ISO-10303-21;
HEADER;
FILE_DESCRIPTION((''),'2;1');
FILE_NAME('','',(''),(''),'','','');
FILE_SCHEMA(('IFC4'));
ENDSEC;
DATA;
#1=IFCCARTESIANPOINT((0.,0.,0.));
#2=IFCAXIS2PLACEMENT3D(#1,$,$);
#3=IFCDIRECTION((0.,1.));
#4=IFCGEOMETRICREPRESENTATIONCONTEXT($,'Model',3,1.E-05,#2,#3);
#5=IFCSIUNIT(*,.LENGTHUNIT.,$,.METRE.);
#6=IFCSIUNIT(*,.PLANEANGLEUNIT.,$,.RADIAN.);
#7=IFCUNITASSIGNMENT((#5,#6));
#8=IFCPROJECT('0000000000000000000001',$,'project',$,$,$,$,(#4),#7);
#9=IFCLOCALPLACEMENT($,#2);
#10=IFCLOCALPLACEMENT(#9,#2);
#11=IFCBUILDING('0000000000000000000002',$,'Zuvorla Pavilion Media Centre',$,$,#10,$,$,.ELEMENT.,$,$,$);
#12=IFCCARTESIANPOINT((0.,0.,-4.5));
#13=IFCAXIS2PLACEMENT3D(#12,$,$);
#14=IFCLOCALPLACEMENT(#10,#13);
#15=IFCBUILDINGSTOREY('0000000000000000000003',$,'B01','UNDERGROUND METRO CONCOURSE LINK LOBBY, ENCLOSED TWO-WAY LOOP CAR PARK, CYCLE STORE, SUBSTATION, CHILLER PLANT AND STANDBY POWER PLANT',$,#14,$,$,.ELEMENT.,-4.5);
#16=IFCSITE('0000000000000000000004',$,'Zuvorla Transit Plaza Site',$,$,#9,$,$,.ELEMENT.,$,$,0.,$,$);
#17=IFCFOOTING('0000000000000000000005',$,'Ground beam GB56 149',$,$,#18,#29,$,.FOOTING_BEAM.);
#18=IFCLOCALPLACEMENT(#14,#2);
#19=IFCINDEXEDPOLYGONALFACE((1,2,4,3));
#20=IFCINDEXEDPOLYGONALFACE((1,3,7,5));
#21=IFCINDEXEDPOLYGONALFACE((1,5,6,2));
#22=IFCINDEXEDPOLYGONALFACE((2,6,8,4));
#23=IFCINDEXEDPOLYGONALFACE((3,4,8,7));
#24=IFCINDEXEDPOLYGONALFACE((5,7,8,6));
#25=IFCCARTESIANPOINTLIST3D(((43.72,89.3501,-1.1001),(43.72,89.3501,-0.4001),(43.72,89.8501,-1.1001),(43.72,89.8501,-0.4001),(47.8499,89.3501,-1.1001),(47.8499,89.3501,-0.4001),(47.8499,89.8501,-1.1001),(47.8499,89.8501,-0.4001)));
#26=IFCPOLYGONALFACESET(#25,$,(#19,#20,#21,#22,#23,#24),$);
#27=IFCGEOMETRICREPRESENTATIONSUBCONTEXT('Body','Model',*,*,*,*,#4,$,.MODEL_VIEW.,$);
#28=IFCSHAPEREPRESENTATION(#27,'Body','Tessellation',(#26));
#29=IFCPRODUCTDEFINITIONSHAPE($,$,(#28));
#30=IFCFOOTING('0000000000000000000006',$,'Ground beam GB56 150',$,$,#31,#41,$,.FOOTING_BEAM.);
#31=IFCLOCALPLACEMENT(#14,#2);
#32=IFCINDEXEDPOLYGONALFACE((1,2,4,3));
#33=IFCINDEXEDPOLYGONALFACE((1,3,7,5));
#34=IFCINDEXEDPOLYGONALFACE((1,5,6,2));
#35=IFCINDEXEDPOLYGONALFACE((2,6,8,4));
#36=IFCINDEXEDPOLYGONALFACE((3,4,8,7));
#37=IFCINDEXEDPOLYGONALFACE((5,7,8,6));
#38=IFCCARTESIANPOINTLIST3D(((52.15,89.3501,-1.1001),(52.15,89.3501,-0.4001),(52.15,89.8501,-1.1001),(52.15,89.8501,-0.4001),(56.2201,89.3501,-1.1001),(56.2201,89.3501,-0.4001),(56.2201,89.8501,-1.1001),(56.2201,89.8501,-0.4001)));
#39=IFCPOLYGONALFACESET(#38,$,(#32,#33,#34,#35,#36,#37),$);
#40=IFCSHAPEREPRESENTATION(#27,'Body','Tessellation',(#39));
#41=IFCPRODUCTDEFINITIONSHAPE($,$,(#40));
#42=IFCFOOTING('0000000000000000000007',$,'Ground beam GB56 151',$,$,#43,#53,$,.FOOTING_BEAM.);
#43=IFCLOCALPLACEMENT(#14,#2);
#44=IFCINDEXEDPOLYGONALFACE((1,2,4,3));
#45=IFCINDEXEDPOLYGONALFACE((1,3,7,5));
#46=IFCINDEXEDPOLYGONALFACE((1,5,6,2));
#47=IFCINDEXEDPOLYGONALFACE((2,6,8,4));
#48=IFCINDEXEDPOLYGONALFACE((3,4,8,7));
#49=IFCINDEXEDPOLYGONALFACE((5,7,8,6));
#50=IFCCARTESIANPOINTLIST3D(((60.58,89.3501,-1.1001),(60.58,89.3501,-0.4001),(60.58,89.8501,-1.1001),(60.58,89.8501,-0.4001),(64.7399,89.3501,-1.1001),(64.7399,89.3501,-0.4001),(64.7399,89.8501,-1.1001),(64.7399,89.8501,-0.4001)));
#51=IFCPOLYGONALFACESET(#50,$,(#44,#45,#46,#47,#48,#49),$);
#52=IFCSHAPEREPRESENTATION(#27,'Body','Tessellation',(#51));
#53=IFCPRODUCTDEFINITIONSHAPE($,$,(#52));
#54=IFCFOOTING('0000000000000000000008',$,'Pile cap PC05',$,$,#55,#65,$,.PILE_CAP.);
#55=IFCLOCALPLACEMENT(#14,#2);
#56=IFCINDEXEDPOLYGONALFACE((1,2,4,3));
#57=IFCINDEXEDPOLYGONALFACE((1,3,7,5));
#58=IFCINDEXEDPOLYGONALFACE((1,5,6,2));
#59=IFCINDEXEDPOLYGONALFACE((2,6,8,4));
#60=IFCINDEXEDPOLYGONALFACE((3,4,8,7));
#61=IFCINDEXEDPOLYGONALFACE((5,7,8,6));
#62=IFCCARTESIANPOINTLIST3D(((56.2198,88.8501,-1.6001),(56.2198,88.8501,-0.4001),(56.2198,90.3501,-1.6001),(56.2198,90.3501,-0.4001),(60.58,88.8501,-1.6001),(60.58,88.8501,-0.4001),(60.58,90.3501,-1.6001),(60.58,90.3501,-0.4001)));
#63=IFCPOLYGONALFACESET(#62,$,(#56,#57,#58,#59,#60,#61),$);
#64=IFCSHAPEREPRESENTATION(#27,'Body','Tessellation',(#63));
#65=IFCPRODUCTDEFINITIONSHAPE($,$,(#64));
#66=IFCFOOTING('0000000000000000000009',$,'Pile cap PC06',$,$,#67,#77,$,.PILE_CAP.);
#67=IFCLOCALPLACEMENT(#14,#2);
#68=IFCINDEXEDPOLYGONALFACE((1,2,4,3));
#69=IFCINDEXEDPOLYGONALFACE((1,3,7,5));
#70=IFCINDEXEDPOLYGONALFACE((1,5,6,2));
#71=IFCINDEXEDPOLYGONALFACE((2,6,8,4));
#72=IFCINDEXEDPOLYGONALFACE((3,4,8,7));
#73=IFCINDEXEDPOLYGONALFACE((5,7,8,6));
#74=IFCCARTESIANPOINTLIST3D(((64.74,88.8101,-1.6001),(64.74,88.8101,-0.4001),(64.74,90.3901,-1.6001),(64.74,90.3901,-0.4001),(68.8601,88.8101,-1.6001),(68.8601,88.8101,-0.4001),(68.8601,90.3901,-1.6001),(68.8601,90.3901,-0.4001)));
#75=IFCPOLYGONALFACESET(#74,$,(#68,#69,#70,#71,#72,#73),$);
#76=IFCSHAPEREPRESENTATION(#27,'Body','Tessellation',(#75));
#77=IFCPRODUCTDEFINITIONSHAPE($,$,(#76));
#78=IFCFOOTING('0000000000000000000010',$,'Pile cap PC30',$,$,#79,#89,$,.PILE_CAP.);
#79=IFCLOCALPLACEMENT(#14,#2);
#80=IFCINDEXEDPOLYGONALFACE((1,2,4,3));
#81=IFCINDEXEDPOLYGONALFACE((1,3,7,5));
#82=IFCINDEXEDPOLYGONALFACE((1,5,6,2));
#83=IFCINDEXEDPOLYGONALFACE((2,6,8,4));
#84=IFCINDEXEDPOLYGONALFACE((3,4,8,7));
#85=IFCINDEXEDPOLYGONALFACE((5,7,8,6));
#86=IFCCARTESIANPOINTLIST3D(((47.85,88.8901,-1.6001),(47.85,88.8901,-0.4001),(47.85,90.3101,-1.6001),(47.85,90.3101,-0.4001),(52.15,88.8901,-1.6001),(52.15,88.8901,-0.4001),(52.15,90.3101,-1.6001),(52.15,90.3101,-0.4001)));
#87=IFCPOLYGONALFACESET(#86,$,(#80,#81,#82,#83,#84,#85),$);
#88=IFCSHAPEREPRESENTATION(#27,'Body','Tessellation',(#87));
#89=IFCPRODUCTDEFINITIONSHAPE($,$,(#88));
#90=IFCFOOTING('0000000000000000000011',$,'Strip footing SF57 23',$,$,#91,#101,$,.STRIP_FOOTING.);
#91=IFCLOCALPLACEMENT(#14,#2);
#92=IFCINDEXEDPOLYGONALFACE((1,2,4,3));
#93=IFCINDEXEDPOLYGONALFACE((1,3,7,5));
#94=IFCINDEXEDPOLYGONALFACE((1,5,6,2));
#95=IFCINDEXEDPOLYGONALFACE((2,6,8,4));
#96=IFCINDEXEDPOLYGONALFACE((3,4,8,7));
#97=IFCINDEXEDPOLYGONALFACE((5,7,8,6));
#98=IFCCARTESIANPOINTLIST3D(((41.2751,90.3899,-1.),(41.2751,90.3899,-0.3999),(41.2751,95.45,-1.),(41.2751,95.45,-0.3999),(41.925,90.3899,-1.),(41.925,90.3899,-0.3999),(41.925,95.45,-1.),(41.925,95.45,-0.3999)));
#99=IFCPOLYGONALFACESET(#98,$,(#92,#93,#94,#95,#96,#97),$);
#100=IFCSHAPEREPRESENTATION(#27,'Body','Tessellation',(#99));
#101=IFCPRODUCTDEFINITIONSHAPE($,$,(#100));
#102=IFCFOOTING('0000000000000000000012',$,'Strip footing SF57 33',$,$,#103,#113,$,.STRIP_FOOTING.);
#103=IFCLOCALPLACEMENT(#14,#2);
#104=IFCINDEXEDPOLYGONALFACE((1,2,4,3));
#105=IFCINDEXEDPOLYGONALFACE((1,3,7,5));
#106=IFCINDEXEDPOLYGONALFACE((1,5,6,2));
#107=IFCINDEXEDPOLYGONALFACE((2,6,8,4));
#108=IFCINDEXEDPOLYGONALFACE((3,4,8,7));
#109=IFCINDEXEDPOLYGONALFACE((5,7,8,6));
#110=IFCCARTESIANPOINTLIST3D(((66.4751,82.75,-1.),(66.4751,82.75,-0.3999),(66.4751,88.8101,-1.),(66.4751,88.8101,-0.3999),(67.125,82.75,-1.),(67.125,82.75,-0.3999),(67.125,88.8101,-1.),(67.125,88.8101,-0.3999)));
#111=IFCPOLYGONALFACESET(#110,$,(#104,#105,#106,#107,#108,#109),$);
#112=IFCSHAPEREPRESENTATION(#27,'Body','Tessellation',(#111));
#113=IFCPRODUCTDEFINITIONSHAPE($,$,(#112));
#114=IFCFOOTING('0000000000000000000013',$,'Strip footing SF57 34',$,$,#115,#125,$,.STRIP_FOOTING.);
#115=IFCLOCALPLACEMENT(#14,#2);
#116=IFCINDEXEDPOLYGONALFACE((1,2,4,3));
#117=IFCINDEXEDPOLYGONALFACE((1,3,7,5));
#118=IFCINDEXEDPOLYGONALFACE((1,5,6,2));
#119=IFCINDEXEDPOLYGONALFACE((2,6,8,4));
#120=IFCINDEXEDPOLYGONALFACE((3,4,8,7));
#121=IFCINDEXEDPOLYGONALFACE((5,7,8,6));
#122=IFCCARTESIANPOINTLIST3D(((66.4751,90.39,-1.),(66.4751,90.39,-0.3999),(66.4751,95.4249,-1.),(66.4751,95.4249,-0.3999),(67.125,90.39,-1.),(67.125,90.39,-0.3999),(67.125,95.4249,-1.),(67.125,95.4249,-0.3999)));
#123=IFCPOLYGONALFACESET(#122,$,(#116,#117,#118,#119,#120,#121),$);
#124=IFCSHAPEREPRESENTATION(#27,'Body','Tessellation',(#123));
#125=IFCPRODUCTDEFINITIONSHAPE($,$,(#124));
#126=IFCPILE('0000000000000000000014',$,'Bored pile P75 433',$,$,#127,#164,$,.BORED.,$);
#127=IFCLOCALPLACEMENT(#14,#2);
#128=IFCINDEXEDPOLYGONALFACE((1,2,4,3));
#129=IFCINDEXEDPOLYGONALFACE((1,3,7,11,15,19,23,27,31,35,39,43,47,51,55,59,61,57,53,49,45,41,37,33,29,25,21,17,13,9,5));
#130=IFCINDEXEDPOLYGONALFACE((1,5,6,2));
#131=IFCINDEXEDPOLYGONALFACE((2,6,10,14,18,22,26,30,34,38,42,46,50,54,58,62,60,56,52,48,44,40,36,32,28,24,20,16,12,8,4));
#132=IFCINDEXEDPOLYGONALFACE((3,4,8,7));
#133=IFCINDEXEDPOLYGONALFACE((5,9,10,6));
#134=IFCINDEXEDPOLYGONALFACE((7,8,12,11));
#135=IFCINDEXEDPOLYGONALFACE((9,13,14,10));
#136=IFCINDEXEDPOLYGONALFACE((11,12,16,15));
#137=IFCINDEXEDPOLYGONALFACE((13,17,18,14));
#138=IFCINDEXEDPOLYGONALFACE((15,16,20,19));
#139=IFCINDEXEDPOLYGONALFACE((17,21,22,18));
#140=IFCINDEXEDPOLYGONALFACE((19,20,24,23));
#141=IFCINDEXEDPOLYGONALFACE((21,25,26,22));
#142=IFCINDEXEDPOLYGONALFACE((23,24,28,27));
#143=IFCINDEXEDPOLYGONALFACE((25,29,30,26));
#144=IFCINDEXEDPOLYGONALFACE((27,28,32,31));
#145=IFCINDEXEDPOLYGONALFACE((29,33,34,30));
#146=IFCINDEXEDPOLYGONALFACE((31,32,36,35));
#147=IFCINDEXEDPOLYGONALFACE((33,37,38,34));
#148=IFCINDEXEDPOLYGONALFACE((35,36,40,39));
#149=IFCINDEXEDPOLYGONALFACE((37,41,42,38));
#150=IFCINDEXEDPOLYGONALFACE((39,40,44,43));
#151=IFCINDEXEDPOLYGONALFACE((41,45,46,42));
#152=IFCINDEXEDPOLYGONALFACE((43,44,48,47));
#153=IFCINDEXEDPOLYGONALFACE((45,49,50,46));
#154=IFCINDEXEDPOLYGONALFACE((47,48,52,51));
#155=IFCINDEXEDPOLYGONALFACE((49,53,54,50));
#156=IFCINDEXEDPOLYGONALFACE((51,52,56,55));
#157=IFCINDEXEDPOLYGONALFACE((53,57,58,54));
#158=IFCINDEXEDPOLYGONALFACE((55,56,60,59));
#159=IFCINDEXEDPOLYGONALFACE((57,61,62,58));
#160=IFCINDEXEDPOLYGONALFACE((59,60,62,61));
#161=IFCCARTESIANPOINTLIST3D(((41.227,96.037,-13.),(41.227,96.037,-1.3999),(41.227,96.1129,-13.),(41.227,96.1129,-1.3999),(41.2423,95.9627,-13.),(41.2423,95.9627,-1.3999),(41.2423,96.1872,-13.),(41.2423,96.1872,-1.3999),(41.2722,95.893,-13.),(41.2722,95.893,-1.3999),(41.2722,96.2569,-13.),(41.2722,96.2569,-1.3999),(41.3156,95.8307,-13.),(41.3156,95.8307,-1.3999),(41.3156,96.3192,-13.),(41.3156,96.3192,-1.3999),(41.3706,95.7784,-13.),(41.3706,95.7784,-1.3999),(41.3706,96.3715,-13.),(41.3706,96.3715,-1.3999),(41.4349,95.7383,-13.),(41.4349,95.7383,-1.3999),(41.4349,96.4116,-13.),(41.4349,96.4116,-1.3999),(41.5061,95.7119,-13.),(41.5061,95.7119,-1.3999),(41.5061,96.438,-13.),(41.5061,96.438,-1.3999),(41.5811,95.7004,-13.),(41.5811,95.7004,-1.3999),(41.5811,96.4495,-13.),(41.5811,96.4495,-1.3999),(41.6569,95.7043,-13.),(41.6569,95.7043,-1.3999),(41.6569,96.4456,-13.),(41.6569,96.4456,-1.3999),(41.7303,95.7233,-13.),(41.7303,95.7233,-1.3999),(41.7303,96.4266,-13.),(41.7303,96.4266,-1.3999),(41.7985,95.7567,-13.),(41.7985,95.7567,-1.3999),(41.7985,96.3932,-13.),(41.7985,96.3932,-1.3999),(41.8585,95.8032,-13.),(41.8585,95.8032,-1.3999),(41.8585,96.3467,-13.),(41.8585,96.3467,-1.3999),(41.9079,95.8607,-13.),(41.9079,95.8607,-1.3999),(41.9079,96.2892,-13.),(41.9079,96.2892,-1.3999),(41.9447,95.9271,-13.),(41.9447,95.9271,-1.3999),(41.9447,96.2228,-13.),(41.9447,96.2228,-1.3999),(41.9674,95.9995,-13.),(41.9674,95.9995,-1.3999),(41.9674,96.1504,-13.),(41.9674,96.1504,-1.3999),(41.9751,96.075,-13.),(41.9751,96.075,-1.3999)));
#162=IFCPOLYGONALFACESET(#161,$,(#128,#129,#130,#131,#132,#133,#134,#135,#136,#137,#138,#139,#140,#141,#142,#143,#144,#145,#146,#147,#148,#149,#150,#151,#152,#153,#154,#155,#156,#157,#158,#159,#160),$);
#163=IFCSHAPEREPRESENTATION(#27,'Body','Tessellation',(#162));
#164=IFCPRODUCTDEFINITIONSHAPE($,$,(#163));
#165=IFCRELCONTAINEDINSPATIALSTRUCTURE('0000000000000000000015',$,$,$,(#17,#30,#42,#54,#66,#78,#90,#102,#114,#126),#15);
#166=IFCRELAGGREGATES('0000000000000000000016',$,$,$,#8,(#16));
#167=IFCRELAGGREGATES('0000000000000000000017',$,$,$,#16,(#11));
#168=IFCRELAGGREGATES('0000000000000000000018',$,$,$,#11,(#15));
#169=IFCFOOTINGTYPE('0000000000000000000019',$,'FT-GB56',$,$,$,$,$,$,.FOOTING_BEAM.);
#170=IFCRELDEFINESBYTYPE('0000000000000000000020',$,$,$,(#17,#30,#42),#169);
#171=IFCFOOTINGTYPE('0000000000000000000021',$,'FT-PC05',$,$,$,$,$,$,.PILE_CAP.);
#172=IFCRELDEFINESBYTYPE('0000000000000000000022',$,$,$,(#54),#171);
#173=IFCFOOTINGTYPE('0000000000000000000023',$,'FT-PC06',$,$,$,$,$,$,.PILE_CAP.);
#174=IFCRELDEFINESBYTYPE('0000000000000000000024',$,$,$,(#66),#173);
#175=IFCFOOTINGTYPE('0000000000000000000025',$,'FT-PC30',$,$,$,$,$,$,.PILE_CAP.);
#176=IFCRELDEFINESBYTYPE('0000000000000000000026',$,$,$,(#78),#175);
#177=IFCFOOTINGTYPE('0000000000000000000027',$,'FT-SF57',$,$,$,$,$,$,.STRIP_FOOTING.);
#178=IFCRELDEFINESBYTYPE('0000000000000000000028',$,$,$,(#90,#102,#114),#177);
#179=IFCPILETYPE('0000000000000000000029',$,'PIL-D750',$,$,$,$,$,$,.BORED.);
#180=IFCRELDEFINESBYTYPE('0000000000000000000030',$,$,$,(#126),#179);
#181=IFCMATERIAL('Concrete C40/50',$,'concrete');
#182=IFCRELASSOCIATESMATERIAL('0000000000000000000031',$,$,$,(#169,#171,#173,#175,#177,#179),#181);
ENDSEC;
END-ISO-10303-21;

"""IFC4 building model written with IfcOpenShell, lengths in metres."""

from ifc_helpers import new_model, si_unit, direction, frame, origin, origin_2d, place, context, subcontext, project, spatial, rectangle, circle, extrude, material, material_profile, profile_set, type_object, element, save


model = new_model("IFC4")

# Units and contexts
model_context = context("Model", 3, precision=1e-05, world=origin(), true_north=direction((0.0, 1.0)))
body_context = subcontext(model_context, "Body", "Model", "MODEL_VIEW")
ifc_project = project(units=[si_unit("LENGTHUNIT", "METRE"), si_unit("PLANEANGLEUNIT", "RADIAN")], contexts=[model_context])

# Site, building, storey
site_placement = place(None, origin())
site = spatial("IfcSite", under=ifc_project, at=site_placement, Name="Zuvorla Transit Plaza Site", CompositionType="ELEMENT", RefElevation=0.0)
building_placement = place(site_placement, origin())
building = spatial("IfcBuilding", under=site, at=building_placement, Name="Zuvorla Pavilion Media Centre", CompositionType="ELEMENT")
storey_placement = place(building_placement, frame((0.0, 0.0, -4.5)))
storey = spatial("IfcBuildingStorey", under=building, at=storey_placement, Name="B01", Description="UNDERGROUND METRO CONCOURSE LINK LOBBY, ENCLOSED TWO-WAY LOOP CAR PARK, CYCLE STORE, SUBSTATION, CHILLER PLANT AND STANDBY POWER PLANT", CompositionType="ELEMENT", Elevation=-4.5)

# Footings
ifc_material_1 = material(Name="Concrete C40/50", Category="concrete")
footing_type_1 = type_object("IfcFootingType", Name="FT-GB56", PredefinedType="FOOTING_BEAM", material=ifc_material_1)
footing_1_placement = place(storey_placement, frame((45.7849, 89.6001, -1.1001), z_axis=(0.0, 0.0, 1.0), x_axis=(1.0, 0.0, 0.0)))
element("IfcFooting", 1, at=footing_1_placement, inside=storey, type_object=footing_type_1, Name="Ground beam GB56 149", PredefinedType="FOOTING_BEAM", context=body_context, shape_type="SweptSolid", body=[
    extrude(rectangle(XDim=4.1299, YDim=0.5, at=origin_2d()), origin(), (0.0, 0.0, 1.0), 0.7),
])
footing_2_placement = place(storey_placement, frame((54.1851, 89.6001, -1.1001), z_axis=(0.0, 0.0, 1.0), x_axis=(1.0, 0.0, 0.0)))
element("IfcFooting", 2, at=footing_2_placement, inside=storey, type_object=footing_type_1, Name="Ground beam GB56 150", PredefinedType="FOOTING_BEAM", context=body_context, shape_type="SweptSolid", body=[
    extrude(rectangle(XDim=4.0701, YDim=0.5, at=origin_2d()), origin(), (0.0, 0.0, 1.0), 0.7),
])
footing_3_placement = place(storey_placement, frame((62.6599, 89.6001, -1.1001), z_axis=(0.0, 0.0, 1.0), x_axis=(1.0, 0.0, 0.0)))
element("IfcFooting", 3, at=footing_3_placement, inside=storey, type_object=footing_type_1, Name="Ground beam GB56 151", PredefinedType="FOOTING_BEAM", context=body_context, shape_type="SweptSolid", body=[
    extrude(rectangle(XDim=4.1599, YDim=0.5, at=origin_2d()), origin(), (0.0, 0.0, 1.0), 0.7),
])
footing_type_2 = type_object("IfcFootingType", Name="FT-PC05", PredefinedType="PILE_CAP", material=ifc_material_1)
footing_4_placement = place(storey_placement, frame((58.3999, 89.6001, -1.6001), z_axis=(0.0, 0.0, 1.0), x_axis=(1.0, 0.0, 0.0)))
element("IfcFooting", 4, at=footing_4_placement, inside=storey, type_object=footing_type_2, Name="Pile cap PC05", PredefinedType="PILE_CAP", context=body_context, shape_type="SweptSolid", body=[
    extrude(rectangle(XDim=4.3601, YDim=1.5, at=origin_2d()), origin(), (0.0, 0.0, 1.0), 1.2),
])
footing_type_3 = type_object("IfcFootingType", Name="FT-PC06", PredefinedType="PILE_CAP", material=ifc_material_1)
footing_5_placement = place(storey_placement, frame((66.8, 89.6001, -1.6001), z_axis=(0.0, 0.0, 1.0), x_axis=(1.0, 0.0, 0.0)))
element("IfcFooting", 5, at=footing_5_placement, inside=storey, type_object=footing_type_3, Name="Pile cap PC06", PredefinedType="PILE_CAP", context=body_context, shape_type="SweptSolid", body=[
    extrude(rectangle(XDim=4.1201, YDim=1.5801, at=origin_2d()), origin(), (0.0, 0.0, 1.0), 1.2),
])
footing_type_4 = type_object("IfcFootingType", Name="FT-PC30", PredefinedType="PILE_CAP", material=ifc_material_1)
footing_6_placement = place(storey_placement, frame((50.0, 89.6001, -1.6001), z_axis=(0.0, 0.0, 1.0), x_axis=(1.0, 0.0, 0.0)))
element("IfcFooting", 6, at=footing_6_placement, inside=storey, type_object=footing_type_4, Name="Pile cap PC30", PredefinedType="PILE_CAP", context=body_context, shape_type="SweptSolid", body=[
    extrude(rectangle(XDim=4.3, YDim=1.4199, at=origin_2d()), origin(), (0.0, 0.0, 1.0), 1.2),
])
footing_type_5 = type_object("IfcFootingType", Name="FT-SF57", PredefinedType="STRIP_FOOTING", material=ifc_material_1)
footing_7_placement = place(storey_placement, frame((41.6001, 92.9199, -1.0), z_axis=(0.0, 0.0, 1.0), x_axis=(0.0, 1.0, 0.0)))
element("IfcFooting", 7, at=footing_7_placement, inside=storey, type_object=footing_type_5, Name="Strip footing SF57 23", PredefinedType="STRIP_FOOTING", context=body_context, shape_type="SweptSolid", body=[
    extrude(rectangle(XDim=5.0601, YDim=0.6499, at=origin_2d()), origin(), (0.0, 0.0, 1.0), 0.6001),
])
footing_8_placement = place(storey_placement, frame((66.8, 85.78, -1.0), z_axis=(0.0, 0.0, 1.0), x_axis=(0.0, 1.0, 0.0)))
element("IfcFooting", 8, at=footing_8_placement, inside=storey, type_object=footing_type_5, Name="Strip footing SF57 33", PredefinedType="STRIP_FOOTING", context=body_context, shape_type="SweptSolid", body=[
    extrude(rectangle(XDim=6.0601, YDim=0.6499, at=origin_2d()), origin(), (0.0, 0.0, 1.0), 0.6001),
])
footing_9_placement = place(storey_placement, frame((66.8, 92.9075, -1.0), z_axis=(0.0, 0.0, 1.0), x_axis=(0.0, 1.0, 0.0)))
element("IfcFooting", 9, at=footing_9_placement, inside=storey, type_object=footing_type_5, Name="Strip footing SF57 34", PredefinedType="STRIP_FOOTING", context=body_context, shape_type="SweptSolid", body=[
    extrude(rectangle(XDim=5.0349, YDim=0.6499, at=origin_2d()), origin(), (0.0, 0.0, 1.0), 0.6001),
])

# Pile
ifc_material_profile_1 = material_profile(ifc_material_1, circle(Radius=0.375, at=origin_2d()), Name="BORED PILE 750")
ifc_profile_set_1 = profile_set([ifc_material_profile_1], Name="Concrete C40/50")
pile_type_1 = type_object("IfcPileType", Name="PIL-D750", PredefinedType="BORED", material=ifc_profile_set_1)
for number, where, z_axis, x_axis, name in (
    (10, (41.6001, 96.075, -1.3999), (0.0, 0.0, -1.0), (1.0, 0.0, 0.0), "Bored pile P75 433"),
):
    element("IfcPile", number, at=place(storey_placement, frame(where, z_axis=z_axis, x_axis=x_axis)), inside=storey, type_object=pile_type_1, Name=name, PredefinedType="BORED", context=body_context, shape_type="SweptSolid", body=[
        extrude(circle(Radius=0.375, at=origin_2d()), origin(), (0.0, 0.0, 1.0), 11.6001),
    ])

save(model, "model.ifc")
